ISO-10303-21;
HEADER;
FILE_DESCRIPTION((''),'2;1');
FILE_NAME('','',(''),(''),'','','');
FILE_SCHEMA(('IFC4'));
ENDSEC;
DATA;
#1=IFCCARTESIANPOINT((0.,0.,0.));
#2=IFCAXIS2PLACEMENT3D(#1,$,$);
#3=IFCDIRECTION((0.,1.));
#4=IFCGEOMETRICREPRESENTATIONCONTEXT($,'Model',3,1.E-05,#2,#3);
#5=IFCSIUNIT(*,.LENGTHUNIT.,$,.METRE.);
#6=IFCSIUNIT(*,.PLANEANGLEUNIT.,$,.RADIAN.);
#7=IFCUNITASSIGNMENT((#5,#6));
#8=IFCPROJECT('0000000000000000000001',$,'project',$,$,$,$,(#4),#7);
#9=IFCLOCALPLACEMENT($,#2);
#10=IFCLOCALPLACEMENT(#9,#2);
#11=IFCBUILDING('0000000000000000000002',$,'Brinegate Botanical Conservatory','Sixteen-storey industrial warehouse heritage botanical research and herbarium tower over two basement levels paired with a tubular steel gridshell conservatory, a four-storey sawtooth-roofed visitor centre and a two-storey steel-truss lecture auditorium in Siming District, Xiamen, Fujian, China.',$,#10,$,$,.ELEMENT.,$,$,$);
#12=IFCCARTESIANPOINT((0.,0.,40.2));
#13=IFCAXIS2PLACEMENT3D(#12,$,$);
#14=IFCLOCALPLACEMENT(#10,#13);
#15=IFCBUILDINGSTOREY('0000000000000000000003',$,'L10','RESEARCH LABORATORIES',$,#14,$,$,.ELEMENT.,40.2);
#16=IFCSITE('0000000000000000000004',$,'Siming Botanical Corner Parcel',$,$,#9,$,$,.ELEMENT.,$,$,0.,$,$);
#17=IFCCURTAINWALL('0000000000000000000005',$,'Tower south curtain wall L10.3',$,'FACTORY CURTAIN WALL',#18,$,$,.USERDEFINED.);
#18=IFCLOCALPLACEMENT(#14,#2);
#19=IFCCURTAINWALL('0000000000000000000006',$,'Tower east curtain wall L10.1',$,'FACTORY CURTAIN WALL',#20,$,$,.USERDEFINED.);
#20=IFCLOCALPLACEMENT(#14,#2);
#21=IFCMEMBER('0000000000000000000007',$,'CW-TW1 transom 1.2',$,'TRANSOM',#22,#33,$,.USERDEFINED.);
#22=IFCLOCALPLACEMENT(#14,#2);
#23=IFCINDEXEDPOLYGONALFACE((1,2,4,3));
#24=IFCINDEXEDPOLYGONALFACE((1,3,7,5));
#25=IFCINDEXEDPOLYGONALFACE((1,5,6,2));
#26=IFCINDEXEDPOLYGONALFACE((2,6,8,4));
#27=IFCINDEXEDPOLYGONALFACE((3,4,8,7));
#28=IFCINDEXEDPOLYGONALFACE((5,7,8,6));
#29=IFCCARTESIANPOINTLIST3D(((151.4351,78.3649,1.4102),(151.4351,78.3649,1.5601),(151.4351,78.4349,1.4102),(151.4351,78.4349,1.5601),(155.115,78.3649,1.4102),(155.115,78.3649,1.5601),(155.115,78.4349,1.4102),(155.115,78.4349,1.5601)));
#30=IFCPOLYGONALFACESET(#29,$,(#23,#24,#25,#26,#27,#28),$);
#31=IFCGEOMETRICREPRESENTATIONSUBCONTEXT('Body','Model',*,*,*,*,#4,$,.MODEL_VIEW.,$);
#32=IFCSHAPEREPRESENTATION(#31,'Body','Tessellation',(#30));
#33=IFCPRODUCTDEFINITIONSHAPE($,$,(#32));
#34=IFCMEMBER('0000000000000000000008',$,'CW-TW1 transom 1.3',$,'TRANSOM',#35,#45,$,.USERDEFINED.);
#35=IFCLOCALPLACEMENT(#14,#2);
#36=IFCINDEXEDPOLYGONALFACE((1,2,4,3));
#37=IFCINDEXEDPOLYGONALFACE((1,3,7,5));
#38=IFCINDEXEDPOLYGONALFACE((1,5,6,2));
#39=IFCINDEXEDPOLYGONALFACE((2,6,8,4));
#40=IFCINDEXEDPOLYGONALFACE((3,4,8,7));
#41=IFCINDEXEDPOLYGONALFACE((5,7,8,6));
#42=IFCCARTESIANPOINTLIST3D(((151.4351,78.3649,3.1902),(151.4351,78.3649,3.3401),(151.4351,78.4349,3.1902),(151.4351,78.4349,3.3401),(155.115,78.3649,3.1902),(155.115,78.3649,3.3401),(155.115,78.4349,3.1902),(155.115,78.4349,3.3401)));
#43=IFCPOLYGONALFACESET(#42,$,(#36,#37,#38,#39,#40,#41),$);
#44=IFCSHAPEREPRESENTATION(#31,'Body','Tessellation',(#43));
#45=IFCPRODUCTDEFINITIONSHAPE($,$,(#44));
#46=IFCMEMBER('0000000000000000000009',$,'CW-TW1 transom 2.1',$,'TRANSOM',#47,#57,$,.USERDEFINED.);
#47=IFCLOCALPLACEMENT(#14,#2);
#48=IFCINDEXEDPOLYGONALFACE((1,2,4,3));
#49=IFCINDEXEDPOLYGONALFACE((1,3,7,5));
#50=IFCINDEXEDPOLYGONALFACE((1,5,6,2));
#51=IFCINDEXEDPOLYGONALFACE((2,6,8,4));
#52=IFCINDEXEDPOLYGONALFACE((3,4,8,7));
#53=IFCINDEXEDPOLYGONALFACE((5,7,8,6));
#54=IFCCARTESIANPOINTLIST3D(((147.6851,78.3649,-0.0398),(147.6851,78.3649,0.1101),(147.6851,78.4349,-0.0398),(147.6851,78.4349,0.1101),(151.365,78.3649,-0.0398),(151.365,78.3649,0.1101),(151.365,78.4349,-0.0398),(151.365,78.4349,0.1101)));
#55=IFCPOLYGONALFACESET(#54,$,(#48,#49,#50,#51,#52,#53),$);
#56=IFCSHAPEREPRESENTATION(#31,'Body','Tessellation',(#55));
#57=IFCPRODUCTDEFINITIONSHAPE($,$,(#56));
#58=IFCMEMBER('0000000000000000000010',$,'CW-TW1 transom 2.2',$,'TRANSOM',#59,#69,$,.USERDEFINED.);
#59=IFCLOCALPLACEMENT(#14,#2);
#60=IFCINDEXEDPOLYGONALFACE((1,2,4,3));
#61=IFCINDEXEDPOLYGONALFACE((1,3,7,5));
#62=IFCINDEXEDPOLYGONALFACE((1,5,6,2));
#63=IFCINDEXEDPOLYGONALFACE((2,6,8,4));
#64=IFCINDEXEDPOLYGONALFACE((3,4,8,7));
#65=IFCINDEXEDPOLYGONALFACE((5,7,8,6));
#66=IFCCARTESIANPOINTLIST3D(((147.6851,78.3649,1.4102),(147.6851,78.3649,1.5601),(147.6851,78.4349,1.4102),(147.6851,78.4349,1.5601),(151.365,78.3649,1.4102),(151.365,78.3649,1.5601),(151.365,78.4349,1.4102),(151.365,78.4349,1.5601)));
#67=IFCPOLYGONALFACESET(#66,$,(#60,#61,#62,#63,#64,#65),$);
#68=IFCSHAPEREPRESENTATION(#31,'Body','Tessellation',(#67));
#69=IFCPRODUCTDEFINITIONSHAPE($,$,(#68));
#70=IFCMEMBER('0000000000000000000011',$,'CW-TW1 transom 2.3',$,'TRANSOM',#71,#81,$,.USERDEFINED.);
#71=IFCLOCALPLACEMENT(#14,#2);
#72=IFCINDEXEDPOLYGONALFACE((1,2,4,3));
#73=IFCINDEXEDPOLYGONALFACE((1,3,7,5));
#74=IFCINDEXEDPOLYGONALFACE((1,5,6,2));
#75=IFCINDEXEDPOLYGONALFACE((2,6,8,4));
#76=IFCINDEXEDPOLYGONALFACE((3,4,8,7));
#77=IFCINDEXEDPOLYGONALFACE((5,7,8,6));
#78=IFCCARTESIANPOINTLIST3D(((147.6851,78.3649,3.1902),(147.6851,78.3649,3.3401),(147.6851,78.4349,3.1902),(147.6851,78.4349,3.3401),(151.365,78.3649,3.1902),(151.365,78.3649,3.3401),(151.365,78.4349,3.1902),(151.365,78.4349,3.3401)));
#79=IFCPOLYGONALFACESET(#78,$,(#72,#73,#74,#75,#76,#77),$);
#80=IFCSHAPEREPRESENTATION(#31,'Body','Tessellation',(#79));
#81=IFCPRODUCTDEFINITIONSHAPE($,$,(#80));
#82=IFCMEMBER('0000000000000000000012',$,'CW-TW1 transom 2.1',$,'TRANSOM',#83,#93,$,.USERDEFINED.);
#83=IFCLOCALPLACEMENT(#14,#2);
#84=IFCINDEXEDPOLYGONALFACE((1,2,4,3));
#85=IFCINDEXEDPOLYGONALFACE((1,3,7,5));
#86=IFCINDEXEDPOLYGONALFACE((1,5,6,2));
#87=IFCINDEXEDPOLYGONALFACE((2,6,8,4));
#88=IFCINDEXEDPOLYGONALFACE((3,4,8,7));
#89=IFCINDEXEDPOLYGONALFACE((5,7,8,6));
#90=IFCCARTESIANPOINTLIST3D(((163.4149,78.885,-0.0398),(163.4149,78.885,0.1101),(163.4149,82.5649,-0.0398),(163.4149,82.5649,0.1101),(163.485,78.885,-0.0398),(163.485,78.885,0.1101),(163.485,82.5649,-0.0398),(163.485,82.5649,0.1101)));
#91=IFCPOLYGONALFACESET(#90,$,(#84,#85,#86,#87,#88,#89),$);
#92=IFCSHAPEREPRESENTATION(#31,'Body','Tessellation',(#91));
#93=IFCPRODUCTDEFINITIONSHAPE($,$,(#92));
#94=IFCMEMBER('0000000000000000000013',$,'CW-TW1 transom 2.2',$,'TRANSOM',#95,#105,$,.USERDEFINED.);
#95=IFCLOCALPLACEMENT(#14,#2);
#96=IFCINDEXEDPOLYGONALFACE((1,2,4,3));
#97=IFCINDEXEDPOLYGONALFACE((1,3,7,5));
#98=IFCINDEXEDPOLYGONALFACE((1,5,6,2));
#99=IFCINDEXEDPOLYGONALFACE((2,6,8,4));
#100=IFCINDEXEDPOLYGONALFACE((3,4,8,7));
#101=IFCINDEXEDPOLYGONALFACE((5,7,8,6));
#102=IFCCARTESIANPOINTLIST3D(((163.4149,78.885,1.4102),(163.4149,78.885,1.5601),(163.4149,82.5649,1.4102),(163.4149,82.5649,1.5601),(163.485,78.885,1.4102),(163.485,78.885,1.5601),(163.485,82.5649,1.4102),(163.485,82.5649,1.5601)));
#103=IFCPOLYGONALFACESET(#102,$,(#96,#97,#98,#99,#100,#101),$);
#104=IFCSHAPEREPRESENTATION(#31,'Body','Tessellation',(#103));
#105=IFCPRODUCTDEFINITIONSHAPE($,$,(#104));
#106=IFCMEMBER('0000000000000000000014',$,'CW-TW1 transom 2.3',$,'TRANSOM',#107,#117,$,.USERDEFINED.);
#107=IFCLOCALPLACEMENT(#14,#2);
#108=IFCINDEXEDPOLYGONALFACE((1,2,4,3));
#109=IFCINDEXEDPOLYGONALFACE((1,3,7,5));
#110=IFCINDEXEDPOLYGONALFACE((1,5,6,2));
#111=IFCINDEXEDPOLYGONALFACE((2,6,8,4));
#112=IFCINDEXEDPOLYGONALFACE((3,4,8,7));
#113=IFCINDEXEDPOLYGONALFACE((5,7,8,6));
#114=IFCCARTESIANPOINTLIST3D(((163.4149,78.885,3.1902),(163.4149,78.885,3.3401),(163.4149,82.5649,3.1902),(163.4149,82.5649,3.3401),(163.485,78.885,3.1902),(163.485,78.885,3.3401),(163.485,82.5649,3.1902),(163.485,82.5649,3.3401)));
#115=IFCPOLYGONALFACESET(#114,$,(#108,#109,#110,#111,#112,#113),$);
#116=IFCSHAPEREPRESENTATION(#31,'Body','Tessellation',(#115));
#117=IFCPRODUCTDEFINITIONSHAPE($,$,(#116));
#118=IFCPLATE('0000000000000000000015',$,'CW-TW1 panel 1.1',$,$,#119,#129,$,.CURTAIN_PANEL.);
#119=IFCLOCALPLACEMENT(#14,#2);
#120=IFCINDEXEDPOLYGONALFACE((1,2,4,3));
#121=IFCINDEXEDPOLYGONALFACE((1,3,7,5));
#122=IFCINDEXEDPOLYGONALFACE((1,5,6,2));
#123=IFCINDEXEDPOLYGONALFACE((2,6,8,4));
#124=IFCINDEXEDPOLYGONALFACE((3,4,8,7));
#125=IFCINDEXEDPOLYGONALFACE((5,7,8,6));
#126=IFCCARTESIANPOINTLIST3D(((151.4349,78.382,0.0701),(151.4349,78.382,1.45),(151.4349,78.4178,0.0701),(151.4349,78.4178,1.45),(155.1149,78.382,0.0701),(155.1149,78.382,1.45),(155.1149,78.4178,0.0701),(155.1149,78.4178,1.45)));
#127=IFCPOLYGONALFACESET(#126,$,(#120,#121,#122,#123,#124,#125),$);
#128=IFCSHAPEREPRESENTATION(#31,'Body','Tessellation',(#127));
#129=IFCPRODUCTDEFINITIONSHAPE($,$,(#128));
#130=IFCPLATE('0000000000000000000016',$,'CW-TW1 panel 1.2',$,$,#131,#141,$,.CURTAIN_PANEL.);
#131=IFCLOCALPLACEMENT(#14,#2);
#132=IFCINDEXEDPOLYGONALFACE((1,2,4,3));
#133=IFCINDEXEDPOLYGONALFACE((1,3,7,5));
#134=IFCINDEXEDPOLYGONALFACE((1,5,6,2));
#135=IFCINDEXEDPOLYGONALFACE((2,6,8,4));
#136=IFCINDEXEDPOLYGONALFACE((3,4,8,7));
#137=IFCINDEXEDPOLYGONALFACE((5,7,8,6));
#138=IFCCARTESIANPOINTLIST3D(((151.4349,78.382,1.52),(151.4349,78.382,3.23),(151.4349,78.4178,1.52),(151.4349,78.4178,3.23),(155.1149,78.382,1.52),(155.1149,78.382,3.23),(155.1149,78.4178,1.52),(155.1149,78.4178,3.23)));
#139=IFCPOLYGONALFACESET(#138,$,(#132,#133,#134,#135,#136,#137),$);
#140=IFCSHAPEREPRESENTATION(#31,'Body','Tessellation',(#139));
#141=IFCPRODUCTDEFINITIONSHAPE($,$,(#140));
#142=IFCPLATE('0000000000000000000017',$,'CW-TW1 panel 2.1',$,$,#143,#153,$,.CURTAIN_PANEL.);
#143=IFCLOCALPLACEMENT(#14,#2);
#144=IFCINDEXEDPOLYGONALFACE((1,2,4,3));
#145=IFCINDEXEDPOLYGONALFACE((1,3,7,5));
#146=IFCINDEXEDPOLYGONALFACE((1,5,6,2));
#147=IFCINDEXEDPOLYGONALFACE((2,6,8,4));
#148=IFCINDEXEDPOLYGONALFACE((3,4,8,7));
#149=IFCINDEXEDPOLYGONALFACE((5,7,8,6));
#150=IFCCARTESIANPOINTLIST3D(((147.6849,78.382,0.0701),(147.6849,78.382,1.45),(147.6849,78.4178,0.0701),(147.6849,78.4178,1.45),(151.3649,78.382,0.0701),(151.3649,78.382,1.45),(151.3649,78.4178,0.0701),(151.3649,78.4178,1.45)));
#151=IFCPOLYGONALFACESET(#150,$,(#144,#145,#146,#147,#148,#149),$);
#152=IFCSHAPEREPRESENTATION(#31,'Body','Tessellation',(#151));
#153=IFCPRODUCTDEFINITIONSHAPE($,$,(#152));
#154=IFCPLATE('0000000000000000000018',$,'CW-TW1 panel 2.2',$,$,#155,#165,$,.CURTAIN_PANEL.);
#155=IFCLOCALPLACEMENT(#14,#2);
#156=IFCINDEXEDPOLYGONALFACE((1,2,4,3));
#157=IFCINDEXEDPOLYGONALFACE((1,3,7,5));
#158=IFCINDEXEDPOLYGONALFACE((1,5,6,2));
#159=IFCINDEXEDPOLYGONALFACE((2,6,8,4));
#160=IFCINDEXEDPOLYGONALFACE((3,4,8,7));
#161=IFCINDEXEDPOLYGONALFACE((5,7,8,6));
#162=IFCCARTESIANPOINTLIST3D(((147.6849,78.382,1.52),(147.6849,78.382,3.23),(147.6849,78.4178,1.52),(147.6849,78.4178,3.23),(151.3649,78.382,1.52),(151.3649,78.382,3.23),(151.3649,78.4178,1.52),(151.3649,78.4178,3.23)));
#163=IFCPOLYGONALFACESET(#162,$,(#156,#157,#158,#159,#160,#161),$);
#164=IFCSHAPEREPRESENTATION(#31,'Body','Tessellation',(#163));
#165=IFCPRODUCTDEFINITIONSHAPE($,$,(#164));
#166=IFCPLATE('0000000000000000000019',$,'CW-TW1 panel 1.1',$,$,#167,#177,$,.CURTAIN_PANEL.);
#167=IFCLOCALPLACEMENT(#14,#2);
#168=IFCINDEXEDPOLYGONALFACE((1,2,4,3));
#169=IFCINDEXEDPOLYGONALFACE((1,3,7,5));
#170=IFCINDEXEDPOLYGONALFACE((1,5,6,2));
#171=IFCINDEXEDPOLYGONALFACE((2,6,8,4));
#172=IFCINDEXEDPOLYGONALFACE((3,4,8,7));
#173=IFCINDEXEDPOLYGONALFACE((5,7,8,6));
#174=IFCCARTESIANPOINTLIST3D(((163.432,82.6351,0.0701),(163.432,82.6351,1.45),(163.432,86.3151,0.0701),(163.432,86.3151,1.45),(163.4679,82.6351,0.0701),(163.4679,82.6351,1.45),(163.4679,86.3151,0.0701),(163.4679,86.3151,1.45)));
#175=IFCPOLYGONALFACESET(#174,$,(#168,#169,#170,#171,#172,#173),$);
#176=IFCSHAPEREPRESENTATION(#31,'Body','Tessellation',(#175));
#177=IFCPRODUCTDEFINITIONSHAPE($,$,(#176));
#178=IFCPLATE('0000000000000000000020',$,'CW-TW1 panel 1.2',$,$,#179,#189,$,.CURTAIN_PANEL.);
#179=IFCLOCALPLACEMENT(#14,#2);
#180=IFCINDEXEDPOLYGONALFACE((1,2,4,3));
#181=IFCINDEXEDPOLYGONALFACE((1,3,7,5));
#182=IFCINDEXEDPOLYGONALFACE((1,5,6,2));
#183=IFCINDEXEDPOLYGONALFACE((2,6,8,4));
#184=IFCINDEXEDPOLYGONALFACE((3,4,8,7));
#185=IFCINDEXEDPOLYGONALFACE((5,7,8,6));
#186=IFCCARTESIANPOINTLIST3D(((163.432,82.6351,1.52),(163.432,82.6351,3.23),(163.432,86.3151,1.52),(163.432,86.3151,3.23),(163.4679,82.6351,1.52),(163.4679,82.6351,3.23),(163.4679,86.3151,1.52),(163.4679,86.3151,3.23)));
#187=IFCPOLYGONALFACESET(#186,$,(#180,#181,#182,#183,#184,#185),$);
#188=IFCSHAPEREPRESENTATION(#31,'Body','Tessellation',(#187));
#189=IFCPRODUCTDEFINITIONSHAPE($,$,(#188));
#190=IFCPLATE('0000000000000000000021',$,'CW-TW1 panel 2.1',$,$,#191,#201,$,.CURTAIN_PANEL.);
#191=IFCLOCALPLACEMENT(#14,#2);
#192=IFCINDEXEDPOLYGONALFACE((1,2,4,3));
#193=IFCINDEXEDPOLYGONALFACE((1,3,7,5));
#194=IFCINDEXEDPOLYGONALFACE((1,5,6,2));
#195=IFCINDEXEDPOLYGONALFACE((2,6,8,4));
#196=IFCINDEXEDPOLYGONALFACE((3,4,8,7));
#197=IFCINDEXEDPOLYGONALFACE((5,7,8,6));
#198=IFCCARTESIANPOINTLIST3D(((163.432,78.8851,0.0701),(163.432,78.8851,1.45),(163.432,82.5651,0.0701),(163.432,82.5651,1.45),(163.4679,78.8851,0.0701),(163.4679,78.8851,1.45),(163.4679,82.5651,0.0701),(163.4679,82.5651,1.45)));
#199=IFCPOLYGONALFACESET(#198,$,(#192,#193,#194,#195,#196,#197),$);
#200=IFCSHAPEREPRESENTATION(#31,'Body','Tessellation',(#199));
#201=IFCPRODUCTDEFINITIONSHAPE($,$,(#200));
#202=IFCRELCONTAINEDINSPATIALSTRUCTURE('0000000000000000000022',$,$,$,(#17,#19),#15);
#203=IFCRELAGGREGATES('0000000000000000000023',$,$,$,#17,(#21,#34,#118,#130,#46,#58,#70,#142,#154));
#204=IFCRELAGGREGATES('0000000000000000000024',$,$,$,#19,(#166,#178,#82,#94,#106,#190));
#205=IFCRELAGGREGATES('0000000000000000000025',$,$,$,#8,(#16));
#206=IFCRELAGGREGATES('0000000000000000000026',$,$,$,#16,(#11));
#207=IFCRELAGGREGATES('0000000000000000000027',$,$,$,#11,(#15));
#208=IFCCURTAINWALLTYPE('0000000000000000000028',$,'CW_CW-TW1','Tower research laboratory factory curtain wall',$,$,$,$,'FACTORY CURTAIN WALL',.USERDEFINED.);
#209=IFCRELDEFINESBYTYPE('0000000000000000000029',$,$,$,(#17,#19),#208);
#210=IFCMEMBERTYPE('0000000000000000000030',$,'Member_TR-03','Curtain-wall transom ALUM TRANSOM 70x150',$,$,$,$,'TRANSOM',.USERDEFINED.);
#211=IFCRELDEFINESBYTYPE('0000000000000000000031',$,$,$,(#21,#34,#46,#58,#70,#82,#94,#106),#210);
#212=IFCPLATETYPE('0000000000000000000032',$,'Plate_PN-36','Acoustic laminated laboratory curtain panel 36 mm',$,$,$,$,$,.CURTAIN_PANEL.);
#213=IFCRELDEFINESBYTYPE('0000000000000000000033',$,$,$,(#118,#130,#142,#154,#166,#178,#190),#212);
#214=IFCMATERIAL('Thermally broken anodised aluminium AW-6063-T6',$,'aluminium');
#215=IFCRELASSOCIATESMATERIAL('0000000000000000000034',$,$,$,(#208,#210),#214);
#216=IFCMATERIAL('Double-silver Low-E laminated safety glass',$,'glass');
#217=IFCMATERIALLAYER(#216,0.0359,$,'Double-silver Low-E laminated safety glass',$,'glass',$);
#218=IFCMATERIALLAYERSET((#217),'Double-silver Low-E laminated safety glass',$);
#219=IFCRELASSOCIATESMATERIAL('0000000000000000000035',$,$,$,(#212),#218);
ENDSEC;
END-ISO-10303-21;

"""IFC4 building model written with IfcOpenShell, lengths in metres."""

from ifc_helpers import new_model, si_unit, direction, frame, origin, origin_2d, place, context, subcontext, project, spatial, rectangle, extrude, material, layer, layer_set, material_profile, profile_set, type_object, element, aggregate, save


model = new_model("IFC4")

# Units and contexts
model_context = context("Model", 3, precision=1e-05, world=origin(), true_north=direction((0.0, 1.0)))
body_context = subcontext(model_context, "Body", "Model", "MODEL_VIEW")
ifc_project = project(units=[si_unit("LENGTHUNIT", "METRE"), si_unit("PLANEANGLEUNIT", "RADIAN")], contexts=[model_context])

# Site, building, storey
site_placement = place(None, origin())
site = spatial("IfcSite", under=ifc_project, at=site_placement, Name="Siming Botanical Corner Parcel", CompositionType="ELEMENT", RefElevation=0.0)
building_placement = place(site_placement, origin())
building = spatial("IfcBuilding", under=site, at=building_placement, Name="Brinegate Botanical Conservatory", Description="Sixteen-storey industrial warehouse heritage botanical research and herbarium tower over two basement levels paired with a tubular steel gridshell conservatory, a four-storey sawtooth-roofed visitor centre and a two-storey steel-truss lecture auditorium in Siming District, Xiamen, Fujian, China.", CompositionType="ELEMENT")
storey_placement = place(building_placement, frame((0.0, 0.0, 40.2)))
storey = spatial("IfcBuildingStorey", under=building, at=storey_placement, Name="L10", Description="RESEARCH LABORATORIES", CompositionType="ELEMENT", Elevation=40.2)

# Curtain walls
ifc_material_1 = material(Name="Thermally broken anodised aluminium AW-6063-T6", Category="aluminium")
curtain_wall_type = type_object("IfcCurtainWallType", Name="CW_CW-TW1", Description="Tower research laboratory factory curtain wall", ElementType="FACTORY CURTAIN WALL", PredefinedType="USERDEFINED", material=ifc_material_1)
curtain_wall_1_placement = place(storey_placement, origin())
curtain_wall_1 = element("IfcCurtainWall", 1, at=curtain_wall_1_placement, inside=storey, type_object=curtain_wall_type, Name="Tower south curtain wall L10.3", ObjectType="FACTORY CURTAIN WALL", PredefinedType="USERDEFINED")
curtain_wall_2_placement = place(storey_placement, origin())
curtain_wall_2 = element("IfcCurtainWall", 2, at=curtain_wall_2_placement, inside=storey, type_object=curtain_wall_type, Name="Tower east curtain wall L10.1", ObjectType="FACTORY CURTAIN WALL", PredefinedType="USERDEFINED")

# Members
ifc_material_profile_1 = material_profile(ifc_material_1, rectangle(XDim=0.0701, YDim=0.1499, at=origin_2d()), Name="ALUM TRANSOM 70x150")
ifc_profile_set_1 = profile_set([ifc_material_profile_1], Name="Thermally broken anodised aluminium AW-6063-T6")
member_type_1 = type_object("IfcMemberType", Name="Member_TR-03", Description="Curtain-wall transom ALUM TRANSOM 70x150", ElementType="TRANSOM", PredefinedType="USERDEFINED", material=ifc_profile_set_1)
member_1_placement = place(storey_placement, frame((155.115, 78.3999, 1.4851), z_axis=(-1.0, 0.0, 0.0), x_axis=(0.0, -1.0, 0.0)))
member_1 = element("IfcMember", 3, at=member_1_placement, type_object=member_type_1, Name="CW-TW1 transom 1.2", ObjectType="TRANSOM", PredefinedType="USERDEFINED", context=body_context, shape_type="SweptSolid", body=[
    extrude(rectangle(XDim=0.0701, YDim=0.1499, at=origin_2d()), origin(), (0.0, 0.0, 1.0), 3.6799),
])
member_2_placement = place(storey_placement, frame((155.115, 78.3999, 3.2651), z_axis=(-1.0, 0.0, 0.0), x_axis=(0.0, -1.0, 0.0)))
member_2 = element("IfcMember", 4, at=member_2_placement, type_object=member_type_1, Name="CW-TW1 transom 1.3", ObjectType="TRANSOM", PredefinedType="USERDEFINED", context=body_context, shape_type="SweptSolid", body=[
    extrude(rectangle(XDim=0.0701, YDim=0.1499, at=origin_2d()), origin(), (0.0, 0.0, 1.0), 3.6799),
])
member_3_placement = place(storey_placement, frame((151.365, 78.3999, 0.0352), z_axis=(-1.0, 0.0, 0.0), x_axis=(0.0, -1.0, 0.0)))
member_3 = element("IfcMember", 5, at=member_3_placement, type_object=member_type_1, Name="CW-TW1 transom 2.1", ObjectType="TRANSOM", PredefinedType="USERDEFINED", context=body_context, shape_type="SweptSolid", body=[
    extrude(rectangle(XDim=0.0701, YDim=0.1499, at=origin_2d()), origin(), (0.0, 0.0, 1.0), 3.6799),
])
member_4_placement = place(storey_placement, frame((151.365, 78.3999, 1.4851), z_axis=(-1.0, 0.0, 0.0), x_axis=(0.0, -1.0, 0.0)))
member_4 = element("IfcMember", 6, at=member_4_placement, type_object=member_type_1, Name="CW-TW1 transom 2.2", ObjectType="TRANSOM", PredefinedType="USERDEFINED", context=body_context, shape_type="SweptSolid", body=[
    extrude(rectangle(XDim=0.0701, YDim=0.1499, at=origin_2d()), origin(), (0.0, 0.0, 1.0), 3.6799),
])
member_5_placement = place(storey_placement, frame((151.365, 78.3999, 3.2651), z_axis=(-1.0, 0.0, 0.0), x_axis=(0.0, -1.0, 0.0)))
member_5 = element("IfcMember", 7, at=member_5_placement, type_object=member_type_1, Name="CW-TW1 transom 2.3", ObjectType="TRANSOM", PredefinedType="USERDEFINED", context=body_context, shape_type="SweptSolid", body=[
    extrude(rectangle(XDim=0.0701, YDim=0.1499, at=origin_2d()), origin(), (0.0, 0.0, 1.0), 3.6799),
])
member_6_placement = place(storey_placement, frame((163.45, 82.5649, 0.0352), z_axis=(0.0, -1.0, 0.0), x_axis=(1.0, 0.0, 0.0)))
member_6 = element("IfcMember", 8, at=member_6_placement, type_object=member_type_1, Name="CW-TW1 transom 2.1", ObjectType="TRANSOM", PredefinedType="USERDEFINED", context=body_context, shape_type="SweptSolid", body=[
    extrude(rectangle(XDim=0.0701, YDim=0.1499, at=origin_2d()), origin(), (0.0, 0.0, 1.0), 3.6799),
])
member_7_placement = place(storey_placement, frame((163.45, 82.5649, 1.4851), z_axis=(0.0, -1.0, 0.0), x_axis=(1.0, 0.0, 0.0)))
member_7 = element("IfcMember", 9, at=member_7_placement, type_object=member_type_1, Name="CW-TW1 transom 2.2", ObjectType="TRANSOM", PredefinedType="USERDEFINED", context=body_context, shape_type="SweptSolid", body=[
    extrude(rectangle(XDim=0.0701, YDim=0.1499, at=origin_2d()), origin(), (0.0, 0.0, 1.0), 3.6799),
])
member_8_placement = place(storey_placement, frame((163.45, 82.5649, 3.2651), z_axis=(0.0, -1.0, 0.0), x_axis=(1.0, 0.0, 0.0)))
member_8 = element("IfcMember", 10, at=member_8_placement, type_object=member_type_1, Name="CW-TW1 transom 2.3", ObjectType="TRANSOM", PredefinedType="USERDEFINED", context=body_context, shape_type="SweptSolid", body=[
    extrude(rectangle(XDim=0.0701, YDim=0.1499, at=origin_2d()), origin(), (0.0, 0.0, 1.0), 3.6799),
])

# Plates
ifc_material_2 = material(Name="Double-silver Low-E laminated safety glass", Category="glass")
ifc_layer_1 = layer(ifc_material_2, 0.0359, Name="Double-silver Low-E laminated safety glass", Category="glass")
ifc_layer_set_1 = layer_set([ifc_layer_1], Name="Double-silver Low-E laminated safety glass")
plate_type = type_object("IfcPlateType", Name="Plate_PN-36", Description="Acoustic laminated laboratory curtain panel 36 mm", PredefinedType="CURTAIN_PANEL", material=ifc_layer_set_1)
plate_1_placement = place(storey_placement, frame((153.2749, 78.3999, 0.0701), z_axis=(0.0, 0.0, 1.0), x_axis=(-1.0, 0.0, 0.0)))
plate_1 = element("IfcPlate", 11, at=plate_1_placement, type_object=plate_type, Name="CW-TW1 panel 1.1", PredefinedType="CURTAIN_PANEL", context=body_context, shape_type="SweptSolid", body=[
    extrude(rectangle(XDim=3.6799, YDim=0.0359, at=origin_2d()), origin(), (0.0, 0.0, 1.0), 1.3799),
])
plate_2_placement = place(storey_placement, frame((153.2749, 78.3999, 1.52), z_axis=(0.0, 0.0, 1.0), x_axis=(-1.0, 0.0, 0.0)))
plate_2 = element("IfcPlate", 12, at=plate_2_placement, type_object=plate_type, Name="CW-TW1 panel 1.2", PredefinedType="CURTAIN_PANEL", context=body_context, shape_type="SweptSolid", body=[
    extrude(rectangle(XDim=3.6799, YDim=0.0359, at=origin_2d()), origin(), (0.0, 0.0, 1.0), 1.71),
])
plate_3_placement = place(storey_placement, frame((149.5249, 78.3999, 0.0701), z_axis=(0.0, 0.0, 1.0), x_axis=(-1.0, 0.0, 0.0)))
plate_3 = element("IfcPlate", 13, at=plate_3_placement, type_object=plate_type, Name="CW-TW1 panel 2.1", PredefinedType="CURTAIN_PANEL", context=body_context, shape_type="SweptSolid", body=[
    extrude(rectangle(XDim=3.6799, YDim=0.0359, at=origin_2d()), origin(), (0.0, 0.0, 1.0), 1.3799),
])
plate_4_placement = place(storey_placement, frame((149.5249, 78.3999, 1.52), z_axis=(0.0, 0.0, 1.0), x_axis=(-1.0, 0.0, 0.0)))
plate_4 = element("IfcPlate", 14, at=plate_4_placement, type_object=plate_type, Name="CW-TW1 panel 2.2", PredefinedType="CURTAIN_PANEL", context=body_context, shape_type="SweptSolid", body=[
    extrude(rectangle(XDim=3.6799, YDim=0.0359, at=origin_2d()), origin(), (0.0, 0.0, 1.0), 1.71),
])
aggregate(curtain_wall_1, [member_1, member_2, plate_1, plate_2, member_3, member_4, member_5, plate_3, plate_4])
plate_5_placement = place(storey_placement, frame((163.45, 84.4751, 0.0701), z_axis=(0.0, 0.0, 1.0), x_axis=(0.0, -1.0, 0.0)))
plate_5 = element("IfcPlate", 15, at=plate_5_placement, type_object=plate_type, Name="CW-TW1 panel 1.1", PredefinedType="CURTAIN_PANEL", context=body_context, shape_type="SweptSolid", body=[
    extrude(rectangle(XDim=3.6799, YDim=0.0359, at=origin_2d()), origin(), (0.0, 0.0, 1.0), 1.3799),
])
plate_6_placement = place(storey_placement, frame((163.45, 84.4751, 1.52), z_axis=(0.0, 0.0, 1.0), x_axis=(0.0, -1.0, 0.0)))
plate_6 = element("IfcPlate", 16, at=plate_6_placement, type_object=plate_type, Name="CW-TW1 panel 1.2", PredefinedType="CURTAIN_PANEL", context=body_context, shape_type="SweptSolid", body=[
    extrude(rectangle(XDim=3.6799, YDim=0.0359, at=origin_2d()), origin(), (0.0, 0.0, 1.0), 1.71),
])
plate_7_placement = place(storey_placement, frame((163.45, 80.7251, 0.0701), z_axis=(0.0, 0.0, 1.0), x_axis=(0.0, -1.0, 0.0)))
plate_7 = element("IfcPlate", 17, at=plate_7_placement, type_object=plate_type, Name="CW-TW1 panel 2.1", PredefinedType="CURTAIN_PANEL", context=body_context, shape_type="SweptSolid", body=[
    extrude(rectangle(XDim=3.6799, YDim=0.0359, at=origin_2d()), origin(), (0.0, 0.0, 1.0), 1.3799),
])
aggregate(curtain_wall_2, [plate_5, plate_6, member_6, member_7, member_8, plate_7])

save(model, "model.ifc")
